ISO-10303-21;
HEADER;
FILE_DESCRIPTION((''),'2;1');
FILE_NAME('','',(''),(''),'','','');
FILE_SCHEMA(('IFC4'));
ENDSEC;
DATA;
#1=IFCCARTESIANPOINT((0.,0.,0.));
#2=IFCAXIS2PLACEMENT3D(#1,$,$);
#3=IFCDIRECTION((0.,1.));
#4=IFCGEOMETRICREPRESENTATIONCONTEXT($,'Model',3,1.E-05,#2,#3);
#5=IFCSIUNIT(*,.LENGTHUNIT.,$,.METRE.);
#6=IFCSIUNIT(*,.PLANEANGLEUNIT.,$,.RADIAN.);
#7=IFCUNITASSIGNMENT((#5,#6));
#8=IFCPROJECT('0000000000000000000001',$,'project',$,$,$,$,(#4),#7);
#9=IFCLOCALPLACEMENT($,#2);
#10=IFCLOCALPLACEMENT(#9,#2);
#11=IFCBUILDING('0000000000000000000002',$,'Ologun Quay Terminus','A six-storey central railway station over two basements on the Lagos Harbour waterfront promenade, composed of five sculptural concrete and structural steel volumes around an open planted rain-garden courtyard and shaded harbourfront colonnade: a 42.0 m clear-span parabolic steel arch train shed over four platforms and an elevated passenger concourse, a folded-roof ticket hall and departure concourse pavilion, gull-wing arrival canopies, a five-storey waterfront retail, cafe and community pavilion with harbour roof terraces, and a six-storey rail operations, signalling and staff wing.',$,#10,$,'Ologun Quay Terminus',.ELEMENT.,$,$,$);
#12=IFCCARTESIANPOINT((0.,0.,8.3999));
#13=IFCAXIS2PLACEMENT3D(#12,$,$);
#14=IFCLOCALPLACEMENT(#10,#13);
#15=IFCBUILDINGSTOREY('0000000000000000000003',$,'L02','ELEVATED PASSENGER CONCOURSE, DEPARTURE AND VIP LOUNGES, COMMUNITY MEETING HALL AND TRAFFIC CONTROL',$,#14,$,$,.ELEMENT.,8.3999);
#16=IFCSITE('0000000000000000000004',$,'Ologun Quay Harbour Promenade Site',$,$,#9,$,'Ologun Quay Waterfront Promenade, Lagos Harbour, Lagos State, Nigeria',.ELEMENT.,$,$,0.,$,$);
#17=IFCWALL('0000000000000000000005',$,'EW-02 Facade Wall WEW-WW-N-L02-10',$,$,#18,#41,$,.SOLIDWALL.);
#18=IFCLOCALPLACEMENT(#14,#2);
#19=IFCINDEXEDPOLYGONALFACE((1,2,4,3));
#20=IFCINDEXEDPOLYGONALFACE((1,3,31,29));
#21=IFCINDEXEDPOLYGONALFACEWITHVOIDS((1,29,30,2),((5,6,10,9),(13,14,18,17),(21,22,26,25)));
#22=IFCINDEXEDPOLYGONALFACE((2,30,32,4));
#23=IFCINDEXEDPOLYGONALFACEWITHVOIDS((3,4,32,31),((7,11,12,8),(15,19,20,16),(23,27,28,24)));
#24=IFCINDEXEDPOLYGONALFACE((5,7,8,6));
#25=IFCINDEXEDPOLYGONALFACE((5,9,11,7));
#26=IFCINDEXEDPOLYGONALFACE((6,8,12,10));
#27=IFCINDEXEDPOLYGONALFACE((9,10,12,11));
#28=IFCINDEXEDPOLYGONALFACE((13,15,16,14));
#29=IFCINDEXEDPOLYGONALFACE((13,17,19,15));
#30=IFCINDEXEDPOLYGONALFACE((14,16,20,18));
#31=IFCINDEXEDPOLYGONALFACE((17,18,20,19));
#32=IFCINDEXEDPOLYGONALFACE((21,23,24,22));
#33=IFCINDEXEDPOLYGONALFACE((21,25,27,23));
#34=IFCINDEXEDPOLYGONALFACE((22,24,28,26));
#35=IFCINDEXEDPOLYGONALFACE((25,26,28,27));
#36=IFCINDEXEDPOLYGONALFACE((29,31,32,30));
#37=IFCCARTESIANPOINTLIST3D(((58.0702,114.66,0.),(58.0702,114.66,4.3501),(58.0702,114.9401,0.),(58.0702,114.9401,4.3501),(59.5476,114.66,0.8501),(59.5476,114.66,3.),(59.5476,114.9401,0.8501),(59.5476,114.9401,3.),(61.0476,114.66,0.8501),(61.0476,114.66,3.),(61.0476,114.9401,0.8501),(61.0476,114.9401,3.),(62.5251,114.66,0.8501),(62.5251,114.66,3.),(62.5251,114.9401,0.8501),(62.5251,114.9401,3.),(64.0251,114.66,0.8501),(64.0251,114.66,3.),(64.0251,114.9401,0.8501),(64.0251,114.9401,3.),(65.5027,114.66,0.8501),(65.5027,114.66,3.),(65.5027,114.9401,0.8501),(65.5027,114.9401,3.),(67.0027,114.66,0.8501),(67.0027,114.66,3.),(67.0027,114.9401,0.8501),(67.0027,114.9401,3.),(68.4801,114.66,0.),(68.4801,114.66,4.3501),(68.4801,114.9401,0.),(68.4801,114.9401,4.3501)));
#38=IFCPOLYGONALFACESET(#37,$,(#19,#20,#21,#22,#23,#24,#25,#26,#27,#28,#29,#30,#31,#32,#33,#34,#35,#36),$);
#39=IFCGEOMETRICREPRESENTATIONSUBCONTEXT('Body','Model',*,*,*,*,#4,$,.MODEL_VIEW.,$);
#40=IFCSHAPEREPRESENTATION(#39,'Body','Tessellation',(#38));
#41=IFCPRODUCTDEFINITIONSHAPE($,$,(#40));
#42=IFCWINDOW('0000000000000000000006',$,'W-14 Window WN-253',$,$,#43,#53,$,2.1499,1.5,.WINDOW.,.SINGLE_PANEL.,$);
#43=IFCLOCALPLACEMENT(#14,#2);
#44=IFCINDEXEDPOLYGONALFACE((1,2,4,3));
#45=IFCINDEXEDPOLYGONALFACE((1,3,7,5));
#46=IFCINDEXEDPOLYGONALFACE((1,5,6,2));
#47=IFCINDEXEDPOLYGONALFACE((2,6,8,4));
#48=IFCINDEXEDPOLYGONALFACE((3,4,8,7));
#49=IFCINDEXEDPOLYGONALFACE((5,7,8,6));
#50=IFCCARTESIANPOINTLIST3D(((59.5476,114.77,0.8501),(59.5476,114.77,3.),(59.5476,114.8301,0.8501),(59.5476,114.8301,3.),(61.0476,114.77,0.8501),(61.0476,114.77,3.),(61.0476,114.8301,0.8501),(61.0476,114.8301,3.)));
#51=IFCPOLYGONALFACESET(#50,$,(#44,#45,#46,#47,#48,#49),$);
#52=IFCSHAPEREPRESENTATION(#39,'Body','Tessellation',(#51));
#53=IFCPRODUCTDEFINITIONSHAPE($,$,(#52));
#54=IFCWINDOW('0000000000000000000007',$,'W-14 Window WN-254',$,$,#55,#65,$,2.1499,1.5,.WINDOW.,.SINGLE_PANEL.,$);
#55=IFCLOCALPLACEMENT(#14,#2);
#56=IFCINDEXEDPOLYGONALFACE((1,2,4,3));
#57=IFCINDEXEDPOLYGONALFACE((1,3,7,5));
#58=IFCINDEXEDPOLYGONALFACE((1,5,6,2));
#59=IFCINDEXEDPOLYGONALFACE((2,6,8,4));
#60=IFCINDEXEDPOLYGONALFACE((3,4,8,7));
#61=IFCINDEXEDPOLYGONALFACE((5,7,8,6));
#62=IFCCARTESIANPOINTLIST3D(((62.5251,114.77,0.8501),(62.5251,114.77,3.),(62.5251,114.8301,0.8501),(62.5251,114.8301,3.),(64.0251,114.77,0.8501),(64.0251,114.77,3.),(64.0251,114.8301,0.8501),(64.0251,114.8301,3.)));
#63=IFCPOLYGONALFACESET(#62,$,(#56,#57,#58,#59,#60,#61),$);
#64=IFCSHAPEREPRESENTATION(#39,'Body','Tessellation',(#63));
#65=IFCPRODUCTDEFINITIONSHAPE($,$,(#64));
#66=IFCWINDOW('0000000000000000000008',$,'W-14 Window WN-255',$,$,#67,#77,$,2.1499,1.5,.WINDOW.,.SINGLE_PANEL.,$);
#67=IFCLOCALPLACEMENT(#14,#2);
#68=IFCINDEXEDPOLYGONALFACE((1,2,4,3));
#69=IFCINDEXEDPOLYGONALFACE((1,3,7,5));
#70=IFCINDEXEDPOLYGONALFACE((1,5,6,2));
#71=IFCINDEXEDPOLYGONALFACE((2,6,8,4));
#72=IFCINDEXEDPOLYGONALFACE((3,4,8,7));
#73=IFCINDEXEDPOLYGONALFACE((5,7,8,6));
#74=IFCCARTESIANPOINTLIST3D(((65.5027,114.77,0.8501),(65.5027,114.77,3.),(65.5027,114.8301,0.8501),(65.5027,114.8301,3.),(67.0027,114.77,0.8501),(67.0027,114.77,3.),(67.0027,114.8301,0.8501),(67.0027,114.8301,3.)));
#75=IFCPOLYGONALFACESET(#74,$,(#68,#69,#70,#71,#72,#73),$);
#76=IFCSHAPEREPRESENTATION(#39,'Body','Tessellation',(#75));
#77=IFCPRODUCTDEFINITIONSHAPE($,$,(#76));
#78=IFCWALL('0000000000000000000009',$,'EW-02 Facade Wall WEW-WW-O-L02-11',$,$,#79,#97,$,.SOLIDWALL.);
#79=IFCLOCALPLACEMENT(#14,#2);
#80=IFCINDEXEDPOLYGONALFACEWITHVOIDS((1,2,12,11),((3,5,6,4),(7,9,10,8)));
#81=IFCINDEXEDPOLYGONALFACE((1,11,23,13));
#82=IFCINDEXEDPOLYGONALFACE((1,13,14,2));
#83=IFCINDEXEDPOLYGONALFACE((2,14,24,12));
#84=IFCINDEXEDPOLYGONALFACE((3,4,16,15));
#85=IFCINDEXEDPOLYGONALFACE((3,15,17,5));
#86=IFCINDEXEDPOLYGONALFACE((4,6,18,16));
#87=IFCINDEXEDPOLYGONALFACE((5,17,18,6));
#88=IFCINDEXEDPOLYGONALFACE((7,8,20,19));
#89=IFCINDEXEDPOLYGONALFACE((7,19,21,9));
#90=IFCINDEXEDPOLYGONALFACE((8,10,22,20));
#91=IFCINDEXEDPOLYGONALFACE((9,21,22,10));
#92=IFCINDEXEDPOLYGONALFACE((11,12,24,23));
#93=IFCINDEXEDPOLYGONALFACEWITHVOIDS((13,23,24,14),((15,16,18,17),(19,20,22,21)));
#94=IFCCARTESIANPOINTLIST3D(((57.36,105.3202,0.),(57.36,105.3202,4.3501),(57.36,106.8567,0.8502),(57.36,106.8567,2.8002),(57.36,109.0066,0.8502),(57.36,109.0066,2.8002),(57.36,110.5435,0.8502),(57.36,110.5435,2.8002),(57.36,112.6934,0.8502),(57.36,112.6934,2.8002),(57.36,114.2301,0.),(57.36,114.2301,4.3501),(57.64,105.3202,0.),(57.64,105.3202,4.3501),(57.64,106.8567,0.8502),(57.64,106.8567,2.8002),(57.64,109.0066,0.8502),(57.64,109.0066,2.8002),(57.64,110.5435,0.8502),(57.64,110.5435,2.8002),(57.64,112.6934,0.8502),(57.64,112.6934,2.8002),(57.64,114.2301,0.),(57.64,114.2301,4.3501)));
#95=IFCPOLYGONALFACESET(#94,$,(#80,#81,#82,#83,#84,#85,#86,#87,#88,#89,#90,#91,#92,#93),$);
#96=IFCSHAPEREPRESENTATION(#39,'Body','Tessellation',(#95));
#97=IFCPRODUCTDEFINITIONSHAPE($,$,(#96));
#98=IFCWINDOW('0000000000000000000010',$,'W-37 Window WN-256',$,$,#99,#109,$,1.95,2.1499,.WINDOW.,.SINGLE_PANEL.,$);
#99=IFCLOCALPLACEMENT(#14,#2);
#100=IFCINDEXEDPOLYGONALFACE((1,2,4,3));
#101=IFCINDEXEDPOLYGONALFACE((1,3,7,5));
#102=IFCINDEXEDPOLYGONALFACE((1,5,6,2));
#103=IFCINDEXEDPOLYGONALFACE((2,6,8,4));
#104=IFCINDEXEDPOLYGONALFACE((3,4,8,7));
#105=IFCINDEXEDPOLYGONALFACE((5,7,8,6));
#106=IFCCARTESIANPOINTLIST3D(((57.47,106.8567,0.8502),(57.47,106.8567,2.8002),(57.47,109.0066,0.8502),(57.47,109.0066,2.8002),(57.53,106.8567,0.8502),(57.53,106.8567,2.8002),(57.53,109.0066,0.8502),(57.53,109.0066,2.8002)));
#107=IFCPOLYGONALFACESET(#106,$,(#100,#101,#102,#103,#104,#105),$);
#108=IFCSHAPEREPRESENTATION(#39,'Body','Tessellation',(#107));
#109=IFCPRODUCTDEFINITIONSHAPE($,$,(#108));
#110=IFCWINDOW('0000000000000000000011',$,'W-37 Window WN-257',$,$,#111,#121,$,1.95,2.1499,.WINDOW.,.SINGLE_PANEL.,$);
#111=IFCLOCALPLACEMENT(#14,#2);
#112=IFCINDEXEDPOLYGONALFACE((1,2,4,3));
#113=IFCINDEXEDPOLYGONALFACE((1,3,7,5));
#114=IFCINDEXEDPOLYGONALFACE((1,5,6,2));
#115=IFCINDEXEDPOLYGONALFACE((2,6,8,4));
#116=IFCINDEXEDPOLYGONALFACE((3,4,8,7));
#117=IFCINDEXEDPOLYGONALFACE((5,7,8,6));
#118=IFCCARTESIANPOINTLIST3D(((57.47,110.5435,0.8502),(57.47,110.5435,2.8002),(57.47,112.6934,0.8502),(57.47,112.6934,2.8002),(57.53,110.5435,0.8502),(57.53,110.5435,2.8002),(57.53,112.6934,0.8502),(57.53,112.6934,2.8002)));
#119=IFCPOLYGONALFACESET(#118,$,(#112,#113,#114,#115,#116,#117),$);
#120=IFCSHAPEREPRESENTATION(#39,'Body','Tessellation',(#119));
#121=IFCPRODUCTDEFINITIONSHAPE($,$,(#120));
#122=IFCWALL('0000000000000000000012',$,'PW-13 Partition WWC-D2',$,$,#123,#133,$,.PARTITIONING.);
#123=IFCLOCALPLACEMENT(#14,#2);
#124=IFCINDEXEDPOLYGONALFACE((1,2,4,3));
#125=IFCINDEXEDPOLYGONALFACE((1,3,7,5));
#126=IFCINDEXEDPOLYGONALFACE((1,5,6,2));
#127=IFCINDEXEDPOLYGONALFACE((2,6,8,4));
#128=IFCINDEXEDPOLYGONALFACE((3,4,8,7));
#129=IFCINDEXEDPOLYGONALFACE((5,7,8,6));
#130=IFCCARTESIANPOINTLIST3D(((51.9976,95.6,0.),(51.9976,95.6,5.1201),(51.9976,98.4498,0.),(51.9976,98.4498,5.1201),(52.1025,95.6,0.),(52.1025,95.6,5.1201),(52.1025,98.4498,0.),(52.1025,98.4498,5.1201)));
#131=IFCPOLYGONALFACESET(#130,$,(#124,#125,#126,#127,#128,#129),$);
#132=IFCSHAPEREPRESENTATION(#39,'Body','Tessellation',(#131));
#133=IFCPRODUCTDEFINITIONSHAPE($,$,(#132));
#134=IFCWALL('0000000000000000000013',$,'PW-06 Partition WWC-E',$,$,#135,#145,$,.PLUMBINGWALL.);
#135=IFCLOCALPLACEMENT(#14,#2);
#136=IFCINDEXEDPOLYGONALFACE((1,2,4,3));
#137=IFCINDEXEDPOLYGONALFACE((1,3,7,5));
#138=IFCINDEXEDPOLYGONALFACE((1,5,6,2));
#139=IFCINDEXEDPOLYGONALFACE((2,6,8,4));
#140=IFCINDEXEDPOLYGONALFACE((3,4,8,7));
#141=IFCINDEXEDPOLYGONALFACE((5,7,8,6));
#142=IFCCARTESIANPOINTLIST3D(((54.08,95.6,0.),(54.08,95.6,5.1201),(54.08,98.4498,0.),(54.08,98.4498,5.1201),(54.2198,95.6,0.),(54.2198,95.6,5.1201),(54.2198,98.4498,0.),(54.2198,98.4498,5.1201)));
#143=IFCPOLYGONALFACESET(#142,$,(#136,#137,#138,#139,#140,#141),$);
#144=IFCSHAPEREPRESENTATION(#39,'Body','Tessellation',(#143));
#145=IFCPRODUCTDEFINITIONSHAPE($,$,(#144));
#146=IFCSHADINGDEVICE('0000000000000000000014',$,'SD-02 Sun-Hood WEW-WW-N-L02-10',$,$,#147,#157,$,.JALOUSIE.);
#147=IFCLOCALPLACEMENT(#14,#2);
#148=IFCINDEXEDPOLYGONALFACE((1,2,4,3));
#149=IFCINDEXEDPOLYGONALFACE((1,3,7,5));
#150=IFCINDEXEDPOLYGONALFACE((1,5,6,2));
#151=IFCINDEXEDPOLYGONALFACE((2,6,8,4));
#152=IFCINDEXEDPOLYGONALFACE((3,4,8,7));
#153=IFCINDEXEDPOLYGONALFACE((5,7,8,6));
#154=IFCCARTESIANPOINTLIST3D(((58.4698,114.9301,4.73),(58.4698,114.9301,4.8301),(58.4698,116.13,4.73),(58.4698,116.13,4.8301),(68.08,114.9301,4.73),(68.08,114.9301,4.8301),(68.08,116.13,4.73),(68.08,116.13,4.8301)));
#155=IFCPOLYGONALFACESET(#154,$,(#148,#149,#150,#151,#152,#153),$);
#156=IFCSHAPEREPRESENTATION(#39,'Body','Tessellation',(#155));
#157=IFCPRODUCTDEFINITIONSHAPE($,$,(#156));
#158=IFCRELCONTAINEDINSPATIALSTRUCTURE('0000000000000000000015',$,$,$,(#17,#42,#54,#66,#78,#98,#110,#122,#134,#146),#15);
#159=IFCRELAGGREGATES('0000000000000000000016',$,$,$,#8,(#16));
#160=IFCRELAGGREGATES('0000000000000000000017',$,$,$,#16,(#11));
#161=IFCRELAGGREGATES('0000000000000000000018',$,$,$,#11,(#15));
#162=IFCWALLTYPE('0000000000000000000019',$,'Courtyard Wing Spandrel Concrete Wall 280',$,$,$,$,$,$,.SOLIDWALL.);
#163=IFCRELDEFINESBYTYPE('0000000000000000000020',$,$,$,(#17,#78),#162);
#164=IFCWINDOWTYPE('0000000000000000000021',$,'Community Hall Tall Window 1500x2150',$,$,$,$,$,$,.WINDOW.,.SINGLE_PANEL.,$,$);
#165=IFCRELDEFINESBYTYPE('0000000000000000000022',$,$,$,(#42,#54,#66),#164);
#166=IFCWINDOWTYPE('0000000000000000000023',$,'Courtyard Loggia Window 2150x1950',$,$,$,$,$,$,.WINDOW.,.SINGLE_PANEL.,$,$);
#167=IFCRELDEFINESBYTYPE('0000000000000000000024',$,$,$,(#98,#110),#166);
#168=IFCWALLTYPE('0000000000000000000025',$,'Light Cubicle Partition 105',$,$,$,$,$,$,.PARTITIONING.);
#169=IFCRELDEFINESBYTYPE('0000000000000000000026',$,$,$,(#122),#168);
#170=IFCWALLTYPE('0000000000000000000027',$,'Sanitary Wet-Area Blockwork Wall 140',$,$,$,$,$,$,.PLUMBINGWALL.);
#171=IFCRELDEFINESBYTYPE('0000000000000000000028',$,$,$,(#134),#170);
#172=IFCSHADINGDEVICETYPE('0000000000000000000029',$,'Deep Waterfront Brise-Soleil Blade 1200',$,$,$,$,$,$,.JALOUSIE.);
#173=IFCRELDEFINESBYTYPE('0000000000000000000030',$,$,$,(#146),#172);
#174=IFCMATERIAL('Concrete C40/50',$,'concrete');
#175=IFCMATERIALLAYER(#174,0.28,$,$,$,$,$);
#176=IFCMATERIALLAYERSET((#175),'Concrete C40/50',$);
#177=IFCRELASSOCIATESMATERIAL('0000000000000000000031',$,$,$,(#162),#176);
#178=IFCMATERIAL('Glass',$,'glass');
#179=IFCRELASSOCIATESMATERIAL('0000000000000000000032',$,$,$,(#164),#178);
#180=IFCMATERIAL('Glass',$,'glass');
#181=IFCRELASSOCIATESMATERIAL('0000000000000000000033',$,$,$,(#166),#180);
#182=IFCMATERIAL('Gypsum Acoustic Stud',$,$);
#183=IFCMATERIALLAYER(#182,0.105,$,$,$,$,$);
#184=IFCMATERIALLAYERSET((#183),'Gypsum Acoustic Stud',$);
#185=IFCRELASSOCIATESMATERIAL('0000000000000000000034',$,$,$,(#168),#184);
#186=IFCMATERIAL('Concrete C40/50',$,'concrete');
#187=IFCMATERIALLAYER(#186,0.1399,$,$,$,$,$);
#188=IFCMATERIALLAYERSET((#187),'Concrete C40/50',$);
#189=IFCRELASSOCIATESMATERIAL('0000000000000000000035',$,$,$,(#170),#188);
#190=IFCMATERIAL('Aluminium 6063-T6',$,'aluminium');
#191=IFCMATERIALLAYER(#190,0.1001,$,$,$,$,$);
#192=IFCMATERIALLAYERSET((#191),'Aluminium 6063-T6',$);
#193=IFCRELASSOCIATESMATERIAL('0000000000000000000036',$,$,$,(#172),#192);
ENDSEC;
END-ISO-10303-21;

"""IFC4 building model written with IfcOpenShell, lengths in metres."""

from ifc_helpers import new_model, si_unit, direction, frame, frame_2d, origin, origin_2d, place, context, subcontext, project, spatial, rectangle, extrude, material, layer, layer_set, type_object, element, fill, save


model = new_model("IFC4")

# Units and contexts
model_context = context("Model", 3, precision=1e-05, world=origin(), true_north=direction((0.0, 1.0)))
body_context = subcontext(model_context, "Body", "Model", "MODEL_VIEW")
ifc_project = project(units=[si_unit("LENGTHUNIT", "METRE"), si_unit("PLANEANGLEUNIT", "RADIAN")], contexts=[model_context])

# Site, building, storey
site_placement = place(None, origin())
site = spatial("IfcSite", under=ifc_project, at=site_placement, Name="Ologun Quay Harbour Promenade Site", LongName="Ologun Quay Waterfront Promenade, Lagos Harbour, Lagos State, Nigeria", CompositionType="ELEMENT", RefElevation=0.0)
building_placement = place(site_placement, origin())
building = spatial("IfcBuilding", under=site, at=building_placement, Name="Ologun Quay Terminus", Description="A six-storey central railway station over two basements on the Lagos Harbour waterfront promenade, composed of five sculptural concrete and structural steel volumes around an open planted rain-garden courtyard and shaded harbourfront colonnade: a 42.0 m clear-span parabolic steel arch train shed over four platforms and an elevated passenger concourse, a folded-roof ticket hall and departure concourse pavilion, gull-wing arrival canopies, a five-storey waterfront retail, cafe and community pavilion with harbour roof terraces, and a six-storey rail operations, signalling and staff wing.", LongName="Ologun Quay Terminus", CompositionType="ELEMENT")
storey_placement = place(building_placement, frame((0.0, 0.0, 8.3999)))
storey = spatial("IfcBuildingStorey", under=building, at=storey_placement, Name="L02", Description="ELEVATED PASSENGER CONCOURSE, DEPARTURE AND VIP LOUNGES, COMMUNITY MEETING HALL AND TRAFFIC CONTROL", CompositionType="ELEMENT", Elevation=8.3999)

# Walls, openings, windows
ifc_material_1 = material(Name="Concrete C40/50", Category="concrete")
ifc_layer_1 = layer(ifc_material_1, 0.28)
ifc_layer_set_1 = layer_set([ifc_layer_1], Name="Concrete C40/50")
wall_type_1 = type_object("IfcWallType", Name="Courtyard Wing Spandrel Concrete Wall 280", PredefinedType="SOLIDWALL", material=ifc_layer_set_1)
wall_1_placement = place(storey_placement, frame((58.0701, 114.8, 0.0), z_axis=(0.0, 0.0, 1.0), x_axis=(1.0, 0.0, 0.0)))
wall_1 = element("IfcWall", 1, at=wall_1_placement, inside=storey, type_object=wall_type_1, Name="EW-02 Facade Wall WEW-WW-N-L02-10", PredefinedType="SOLIDWALL", context=body_context, shape_type="SweptSolid", body=[
    extrude(rectangle(XDim=10.4099, YDim=0.28, at=frame_2d((5.2051, 0.0))), origin(), (0.0, 0.0, 1.0), 4.3501),
])
opening_1_placement = place(wall_1_placement, frame((1.4775, 0.0, 0.8501)))
opening_1 = element("IfcOpeningElement", 2, at=opening_1_placement, cuts=wall_1, PredefinedType="OPENING", context=body_context, shape_type="SweptSolid", body=[
    extrude(rectangle(XDim=1.5, YDim=2.1499, at=frame_2d((0.75, 1.075))), frame((0.0, 0.1499, 0.0), z_axis=(0.0, -1.0, 0.0), x_axis=(1.0, 0.0, 0.0)), (0.0, 0.0, 1.0), 0.3),
])
opening_2_placement = place(wall_1_placement, frame((4.4551, 0.0, 0.8501)))
opening_2 = element("IfcOpeningElement", 3, at=opening_2_placement, cuts=wall_1, PredefinedType="OPENING", context=body_context, shape_type="SweptSolid", body=[
    extrude(rectangle(XDim=1.5, YDim=2.1499, at=frame_2d((0.75, 1.075))), frame((0.0, 0.1499, 0.0), z_axis=(0.0, -1.0, 0.0), x_axis=(1.0, 0.0, 0.0)), (0.0, 0.0, 1.0), 0.3),
])
opening_3_placement = place(wall_1_placement, frame((7.4326, 0.0, 0.8501)))
opening_3 = element("IfcOpeningElement", 4, at=opening_3_placement, cuts=wall_1, PredefinedType="OPENING", context=body_context, shape_type="SweptSolid", body=[
    extrude(rectangle(XDim=1.5, YDim=2.1499, at=frame_2d((0.75, 1.075))), frame((0.0, 0.1499, 0.0), z_axis=(0.0, -1.0, 0.0), x_axis=(1.0, 0.0, 0.0)), (0.0, 0.0, 1.0), 0.3),
])
ifc_material_2 = material(Name="Glass", Category="glass")
window_type_1 = type_object("IfcWindowType", Name="Community Hall Tall Window 1500x2150", PartitioningType="SINGLE_PANEL", PredefinedType="WINDOW", material=ifc_material_2)
window_1_placement = place(opening_1_placement, origin())
window_1 = element("IfcWindow", 5, at=window_1_placement, inside=storey, type_object=window_type_1, Name="W-14 Window WN-253", OverallHeight=2.1499, OverallWidth=1.5, PartitioningType="SINGLE_PANEL", PredefinedType="WINDOW", context=body_context, shape_type="SweptSolid", body=[
    extrude(rectangle(XDim=1.5, YDim=2.1499, at=frame_2d((0.75, 1.075))), frame((0.0, 0.03, 0.0), z_axis=(0.0, -1.0, 0.0), x_axis=(1.0, 0.0, 0.0)), (0.0, 0.0, 1.0), 0.0601),
])
fill(opening_1, window_1)
window_2_placement = place(opening_2_placement, origin())
window_2 = element("IfcWindow", 6, at=window_2_placement, inside=storey, type_object=window_type_1, Name="W-14 Window WN-254", OverallHeight=2.1499, OverallWidth=1.5, PartitioningType="SINGLE_PANEL", PredefinedType="WINDOW", context=body_context, shape_type="SweptSolid", body=[
    extrude(rectangle(XDim=1.5, YDim=2.1499, at=frame_2d((0.75, 1.075))), frame((0.0, 0.03, 0.0), z_axis=(0.0, -1.0, 0.0), x_axis=(1.0, 0.0, 0.0)), (0.0, 0.0, 1.0), 0.0601),
])
fill(opening_2, window_2)
window_3_placement = place(opening_3_placement, origin())
window_3 = element("IfcWindow", 7, at=window_3_placement, inside=storey, type_object=window_type_1, Name="W-14 Window WN-255", OverallHeight=2.1499, OverallWidth=1.5, PartitioningType="SINGLE_PANEL", PredefinedType="WINDOW", context=body_context, shape_type="SweptSolid", body=[
    extrude(rectangle(XDim=1.5, YDim=2.1499, at=frame_2d((0.75, 1.075))), frame((0.0, 0.03, 0.0), z_axis=(0.0, -1.0, 0.0), x_axis=(1.0, 0.0, 0.0)), (0.0, 0.0, 1.0), 0.0601),
])
fill(opening_3, window_3)
wall_2_placement = place(storey_placement, frame((57.5, 105.3201, 0.0), z_axis=(0.0, 0.0, 1.0), x_axis=(0.0, 1.0, 0.0)))
wall_2 = element("IfcWall", 8, at=wall_2_placement, inside=storey, type_object=wall_type_1, Name="EW-02 Facade Wall WEW-WW-O-L02-11", PredefinedType="SOLIDWALL", context=body_context, shape_type="SweptSolid", body=[
    extrude(rectangle(XDim=8.9099, YDim=0.28, at=frame_2d((4.4551, 0.0))), origin(), (0.0, 0.0, 1.0), 4.3501),
])
opening_4_placement = place(wall_2_placement, frame((1.5366, 0.0, 0.8501)))
opening_4 = element("IfcOpeningElement", 9, at=opening_4_placement, cuts=wall_2, PredefinedType="OPENING", context=body_context, shape_type="SweptSolid", body=[
    extrude(rectangle(XDim=2.1499, YDim=1.95, at=frame_2d((1.075, 0.9751))), frame((0.0, 0.1499, 0.0), z_axis=(0.0, -1.0, 0.0), x_axis=(1.0, 0.0, 0.0)), (0.0, 0.0, 1.0), 0.3),
])
opening_5_placement = place(wall_2_placement, frame((5.2234, 0.0, 0.8501)))
opening_5 = element("IfcOpeningElement", 10, at=opening_5_placement, cuts=wall_2, PredefinedType="OPENING", context=body_context, shape_type="SweptSolid", body=[
    extrude(rectangle(XDim=2.1499, YDim=1.95, at=frame_2d((1.075, 0.9751))), frame((0.0, 0.1499, 0.0), z_axis=(0.0, -1.0, 0.0), x_axis=(1.0, 0.0, 0.0)), (0.0, 0.0, 1.0), 0.3),
])
ifc_material_3 = material(Name="Glass", Category="glass")
window_type_2 = type_object("IfcWindowType", Name="Courtyard Loggia Window 2150x1950", PartitioningType="SINGLE_PANEL", PredefinedType="WINDOW", material=ifc_material_3)
window_4_placement = place(opening_4_placement, origin())
window_4 = element("IfcWindow", 11, at=window_4_placement, inside=storey, type_object=window_type_2, Name="W-37 Window WN-256", OverallHeight=1.95, OverallWidth=2.1499, PartitioningType="SINGLE_PANEL", PredefinedType="WINDOW", context=body_context, shape_type="SweptSolid", body=[
    extrude(rectangle(XDim=2.1499, YDim=1.95, at=frame_2d((1.075, 0.9751))), frame((0.0, 0.03, 0.0), z_axis=(0.0, -1.0, 0.0), x_axis=(1.0, 0.0, 0.0)), (0.0, 0.0, 1.0), 0.0601),
])
fill(opening_4, window_4)
window_5_placement = place(opening_5_placement, origin())
window_5 = element("IfcWindow", 12, at=window_5_placement, inside=storey, type_object=window_type_2, Name="W-37 Window WN-257", OverallHeight=1.95, OverallWidth=2.1499, PartitioningType="SINGLE_PANEL", PredefinedType="WINDOW", context=body_context, shape_type="SweptSolid", body=[
    extrude(rectangle(XDim=2.1499, YDim=1.95, at=frame_2d((1.075, 0.9751))), frame((0.0, 0.03, 0.0), z_axis=(0.0, -1.0, 0.0), x_axis=(1.0, 0.0, 0.0)), (0.0, 0.0, 1.0), 0.0601),
])
fill(opening_5, window_5)

# Walls
ifc_material_4 = material(Name="Gypsum Acoustic Stud")
ifc_layer_2 = layer(ifc_material_4, 0.105)
ifc_layer_set_2 = layer_set([ifc_layer_2], Name="Gypsum Acoustic Stud")
wall_type_2 = type_object("IfcWallType", Name="Light Cubicle Partition 105", PredefinedType="PARTITIONING", material=ifc_layer_set_2)
wall_3_placement = place(storey_placement, frame((52.05, 95.6001, 0.0), z_axis=(0.0, 0.0, 1.0), x_axis=(0.0, 1.0, 0.0)))
element("IfcWall", 13, at=wall_3_placement, inside=storey, type_object=wall_type_2, Name="PW-13 Partition WWC-D2", PredefinedType="PARTITIONING", context=body_context, shape_type="SweptSolid", body=[
    extrude(rectangle(XDim=2.8499, YDim=0.105, at=frame_2d((1.4248, 0.0))), origin(), (0.0, 0.0, 1.0), 5.1201),
])
ifc_material_5 = material(Name="Concrete C40/50", Category="concrete")
ifc_layer_3 = layer(ifc_material_5, 0.1399)
ifc_layer_set_3 = layer_set([ifc_layer_3], Name="Concrete C40/50")
wall_type_3 = type_object("IfcWallType", Name="Sanitary Wet-Area Blockwork Wall 140", PredefinedType="PLUMBINGWALL", material=ifc_layer_set_3)
wall_4_placement = place(storey_placement, frame((54.1499, 95.6001, 0.0), z_axis=(0.0, 0.0, 1.0), x_axis=(0.0, 1.0, 0.0)))
element("IfcWall", 14, at=wall_4_placement, inside=storey, type_object=wall_type_3, Name="PW-06 Partition WWC-E", PredefinedType="PLUMBINGWALL", context=body_context, shape_type="SweptSolid", body=[
    extrude(rectangle(XDim=2.8499, YDim=0.1399, at=frame_2d((1.4248, 0.0))), origin(), (0.0, 0.0, 1.0), 5.1201),
])

# Shading device
ifc_material_6 = material(Name="Aluminium 6063-T6", Category="aluminium")
ifc_layer_4 = layer(ifc_material_6, 0.1001)
ifc_layer_set_4 = layer_set([ifc_layer_4], Name="Aluminium 6063-T6")
shading_device_type = type_object("IfcShadingDeviceType", Name="Deep Waterfront Brise-Soleil Blade 1200", PredefinedType="JALOUSIE", material=ifc_layer_set_4)
shading_device_1_placement = place(storey_placement, frame((63.2749, 115.53, 4.73), z_axis=(0.0, 0.0, 1.0), x_axis=(1.0, 0.0, 0.0)))
element("IfcShadingDevice", 15, at=shading_device_1_placement, inside=storey, type_object=shading_device_type, Name="SD-02 Sun-Hood WEW-WW-N-L02-10", PredefinedType="JALOUSIE", context=body_context, shape_type="SweptSolid", body=[
    extrude(rectangle(XDim=9.6101, YDim=1.2, at=origin_2d()), origin(), (0.0, 0.0, 1.0), 0.1001),
])

save(model, "model.ifc")
